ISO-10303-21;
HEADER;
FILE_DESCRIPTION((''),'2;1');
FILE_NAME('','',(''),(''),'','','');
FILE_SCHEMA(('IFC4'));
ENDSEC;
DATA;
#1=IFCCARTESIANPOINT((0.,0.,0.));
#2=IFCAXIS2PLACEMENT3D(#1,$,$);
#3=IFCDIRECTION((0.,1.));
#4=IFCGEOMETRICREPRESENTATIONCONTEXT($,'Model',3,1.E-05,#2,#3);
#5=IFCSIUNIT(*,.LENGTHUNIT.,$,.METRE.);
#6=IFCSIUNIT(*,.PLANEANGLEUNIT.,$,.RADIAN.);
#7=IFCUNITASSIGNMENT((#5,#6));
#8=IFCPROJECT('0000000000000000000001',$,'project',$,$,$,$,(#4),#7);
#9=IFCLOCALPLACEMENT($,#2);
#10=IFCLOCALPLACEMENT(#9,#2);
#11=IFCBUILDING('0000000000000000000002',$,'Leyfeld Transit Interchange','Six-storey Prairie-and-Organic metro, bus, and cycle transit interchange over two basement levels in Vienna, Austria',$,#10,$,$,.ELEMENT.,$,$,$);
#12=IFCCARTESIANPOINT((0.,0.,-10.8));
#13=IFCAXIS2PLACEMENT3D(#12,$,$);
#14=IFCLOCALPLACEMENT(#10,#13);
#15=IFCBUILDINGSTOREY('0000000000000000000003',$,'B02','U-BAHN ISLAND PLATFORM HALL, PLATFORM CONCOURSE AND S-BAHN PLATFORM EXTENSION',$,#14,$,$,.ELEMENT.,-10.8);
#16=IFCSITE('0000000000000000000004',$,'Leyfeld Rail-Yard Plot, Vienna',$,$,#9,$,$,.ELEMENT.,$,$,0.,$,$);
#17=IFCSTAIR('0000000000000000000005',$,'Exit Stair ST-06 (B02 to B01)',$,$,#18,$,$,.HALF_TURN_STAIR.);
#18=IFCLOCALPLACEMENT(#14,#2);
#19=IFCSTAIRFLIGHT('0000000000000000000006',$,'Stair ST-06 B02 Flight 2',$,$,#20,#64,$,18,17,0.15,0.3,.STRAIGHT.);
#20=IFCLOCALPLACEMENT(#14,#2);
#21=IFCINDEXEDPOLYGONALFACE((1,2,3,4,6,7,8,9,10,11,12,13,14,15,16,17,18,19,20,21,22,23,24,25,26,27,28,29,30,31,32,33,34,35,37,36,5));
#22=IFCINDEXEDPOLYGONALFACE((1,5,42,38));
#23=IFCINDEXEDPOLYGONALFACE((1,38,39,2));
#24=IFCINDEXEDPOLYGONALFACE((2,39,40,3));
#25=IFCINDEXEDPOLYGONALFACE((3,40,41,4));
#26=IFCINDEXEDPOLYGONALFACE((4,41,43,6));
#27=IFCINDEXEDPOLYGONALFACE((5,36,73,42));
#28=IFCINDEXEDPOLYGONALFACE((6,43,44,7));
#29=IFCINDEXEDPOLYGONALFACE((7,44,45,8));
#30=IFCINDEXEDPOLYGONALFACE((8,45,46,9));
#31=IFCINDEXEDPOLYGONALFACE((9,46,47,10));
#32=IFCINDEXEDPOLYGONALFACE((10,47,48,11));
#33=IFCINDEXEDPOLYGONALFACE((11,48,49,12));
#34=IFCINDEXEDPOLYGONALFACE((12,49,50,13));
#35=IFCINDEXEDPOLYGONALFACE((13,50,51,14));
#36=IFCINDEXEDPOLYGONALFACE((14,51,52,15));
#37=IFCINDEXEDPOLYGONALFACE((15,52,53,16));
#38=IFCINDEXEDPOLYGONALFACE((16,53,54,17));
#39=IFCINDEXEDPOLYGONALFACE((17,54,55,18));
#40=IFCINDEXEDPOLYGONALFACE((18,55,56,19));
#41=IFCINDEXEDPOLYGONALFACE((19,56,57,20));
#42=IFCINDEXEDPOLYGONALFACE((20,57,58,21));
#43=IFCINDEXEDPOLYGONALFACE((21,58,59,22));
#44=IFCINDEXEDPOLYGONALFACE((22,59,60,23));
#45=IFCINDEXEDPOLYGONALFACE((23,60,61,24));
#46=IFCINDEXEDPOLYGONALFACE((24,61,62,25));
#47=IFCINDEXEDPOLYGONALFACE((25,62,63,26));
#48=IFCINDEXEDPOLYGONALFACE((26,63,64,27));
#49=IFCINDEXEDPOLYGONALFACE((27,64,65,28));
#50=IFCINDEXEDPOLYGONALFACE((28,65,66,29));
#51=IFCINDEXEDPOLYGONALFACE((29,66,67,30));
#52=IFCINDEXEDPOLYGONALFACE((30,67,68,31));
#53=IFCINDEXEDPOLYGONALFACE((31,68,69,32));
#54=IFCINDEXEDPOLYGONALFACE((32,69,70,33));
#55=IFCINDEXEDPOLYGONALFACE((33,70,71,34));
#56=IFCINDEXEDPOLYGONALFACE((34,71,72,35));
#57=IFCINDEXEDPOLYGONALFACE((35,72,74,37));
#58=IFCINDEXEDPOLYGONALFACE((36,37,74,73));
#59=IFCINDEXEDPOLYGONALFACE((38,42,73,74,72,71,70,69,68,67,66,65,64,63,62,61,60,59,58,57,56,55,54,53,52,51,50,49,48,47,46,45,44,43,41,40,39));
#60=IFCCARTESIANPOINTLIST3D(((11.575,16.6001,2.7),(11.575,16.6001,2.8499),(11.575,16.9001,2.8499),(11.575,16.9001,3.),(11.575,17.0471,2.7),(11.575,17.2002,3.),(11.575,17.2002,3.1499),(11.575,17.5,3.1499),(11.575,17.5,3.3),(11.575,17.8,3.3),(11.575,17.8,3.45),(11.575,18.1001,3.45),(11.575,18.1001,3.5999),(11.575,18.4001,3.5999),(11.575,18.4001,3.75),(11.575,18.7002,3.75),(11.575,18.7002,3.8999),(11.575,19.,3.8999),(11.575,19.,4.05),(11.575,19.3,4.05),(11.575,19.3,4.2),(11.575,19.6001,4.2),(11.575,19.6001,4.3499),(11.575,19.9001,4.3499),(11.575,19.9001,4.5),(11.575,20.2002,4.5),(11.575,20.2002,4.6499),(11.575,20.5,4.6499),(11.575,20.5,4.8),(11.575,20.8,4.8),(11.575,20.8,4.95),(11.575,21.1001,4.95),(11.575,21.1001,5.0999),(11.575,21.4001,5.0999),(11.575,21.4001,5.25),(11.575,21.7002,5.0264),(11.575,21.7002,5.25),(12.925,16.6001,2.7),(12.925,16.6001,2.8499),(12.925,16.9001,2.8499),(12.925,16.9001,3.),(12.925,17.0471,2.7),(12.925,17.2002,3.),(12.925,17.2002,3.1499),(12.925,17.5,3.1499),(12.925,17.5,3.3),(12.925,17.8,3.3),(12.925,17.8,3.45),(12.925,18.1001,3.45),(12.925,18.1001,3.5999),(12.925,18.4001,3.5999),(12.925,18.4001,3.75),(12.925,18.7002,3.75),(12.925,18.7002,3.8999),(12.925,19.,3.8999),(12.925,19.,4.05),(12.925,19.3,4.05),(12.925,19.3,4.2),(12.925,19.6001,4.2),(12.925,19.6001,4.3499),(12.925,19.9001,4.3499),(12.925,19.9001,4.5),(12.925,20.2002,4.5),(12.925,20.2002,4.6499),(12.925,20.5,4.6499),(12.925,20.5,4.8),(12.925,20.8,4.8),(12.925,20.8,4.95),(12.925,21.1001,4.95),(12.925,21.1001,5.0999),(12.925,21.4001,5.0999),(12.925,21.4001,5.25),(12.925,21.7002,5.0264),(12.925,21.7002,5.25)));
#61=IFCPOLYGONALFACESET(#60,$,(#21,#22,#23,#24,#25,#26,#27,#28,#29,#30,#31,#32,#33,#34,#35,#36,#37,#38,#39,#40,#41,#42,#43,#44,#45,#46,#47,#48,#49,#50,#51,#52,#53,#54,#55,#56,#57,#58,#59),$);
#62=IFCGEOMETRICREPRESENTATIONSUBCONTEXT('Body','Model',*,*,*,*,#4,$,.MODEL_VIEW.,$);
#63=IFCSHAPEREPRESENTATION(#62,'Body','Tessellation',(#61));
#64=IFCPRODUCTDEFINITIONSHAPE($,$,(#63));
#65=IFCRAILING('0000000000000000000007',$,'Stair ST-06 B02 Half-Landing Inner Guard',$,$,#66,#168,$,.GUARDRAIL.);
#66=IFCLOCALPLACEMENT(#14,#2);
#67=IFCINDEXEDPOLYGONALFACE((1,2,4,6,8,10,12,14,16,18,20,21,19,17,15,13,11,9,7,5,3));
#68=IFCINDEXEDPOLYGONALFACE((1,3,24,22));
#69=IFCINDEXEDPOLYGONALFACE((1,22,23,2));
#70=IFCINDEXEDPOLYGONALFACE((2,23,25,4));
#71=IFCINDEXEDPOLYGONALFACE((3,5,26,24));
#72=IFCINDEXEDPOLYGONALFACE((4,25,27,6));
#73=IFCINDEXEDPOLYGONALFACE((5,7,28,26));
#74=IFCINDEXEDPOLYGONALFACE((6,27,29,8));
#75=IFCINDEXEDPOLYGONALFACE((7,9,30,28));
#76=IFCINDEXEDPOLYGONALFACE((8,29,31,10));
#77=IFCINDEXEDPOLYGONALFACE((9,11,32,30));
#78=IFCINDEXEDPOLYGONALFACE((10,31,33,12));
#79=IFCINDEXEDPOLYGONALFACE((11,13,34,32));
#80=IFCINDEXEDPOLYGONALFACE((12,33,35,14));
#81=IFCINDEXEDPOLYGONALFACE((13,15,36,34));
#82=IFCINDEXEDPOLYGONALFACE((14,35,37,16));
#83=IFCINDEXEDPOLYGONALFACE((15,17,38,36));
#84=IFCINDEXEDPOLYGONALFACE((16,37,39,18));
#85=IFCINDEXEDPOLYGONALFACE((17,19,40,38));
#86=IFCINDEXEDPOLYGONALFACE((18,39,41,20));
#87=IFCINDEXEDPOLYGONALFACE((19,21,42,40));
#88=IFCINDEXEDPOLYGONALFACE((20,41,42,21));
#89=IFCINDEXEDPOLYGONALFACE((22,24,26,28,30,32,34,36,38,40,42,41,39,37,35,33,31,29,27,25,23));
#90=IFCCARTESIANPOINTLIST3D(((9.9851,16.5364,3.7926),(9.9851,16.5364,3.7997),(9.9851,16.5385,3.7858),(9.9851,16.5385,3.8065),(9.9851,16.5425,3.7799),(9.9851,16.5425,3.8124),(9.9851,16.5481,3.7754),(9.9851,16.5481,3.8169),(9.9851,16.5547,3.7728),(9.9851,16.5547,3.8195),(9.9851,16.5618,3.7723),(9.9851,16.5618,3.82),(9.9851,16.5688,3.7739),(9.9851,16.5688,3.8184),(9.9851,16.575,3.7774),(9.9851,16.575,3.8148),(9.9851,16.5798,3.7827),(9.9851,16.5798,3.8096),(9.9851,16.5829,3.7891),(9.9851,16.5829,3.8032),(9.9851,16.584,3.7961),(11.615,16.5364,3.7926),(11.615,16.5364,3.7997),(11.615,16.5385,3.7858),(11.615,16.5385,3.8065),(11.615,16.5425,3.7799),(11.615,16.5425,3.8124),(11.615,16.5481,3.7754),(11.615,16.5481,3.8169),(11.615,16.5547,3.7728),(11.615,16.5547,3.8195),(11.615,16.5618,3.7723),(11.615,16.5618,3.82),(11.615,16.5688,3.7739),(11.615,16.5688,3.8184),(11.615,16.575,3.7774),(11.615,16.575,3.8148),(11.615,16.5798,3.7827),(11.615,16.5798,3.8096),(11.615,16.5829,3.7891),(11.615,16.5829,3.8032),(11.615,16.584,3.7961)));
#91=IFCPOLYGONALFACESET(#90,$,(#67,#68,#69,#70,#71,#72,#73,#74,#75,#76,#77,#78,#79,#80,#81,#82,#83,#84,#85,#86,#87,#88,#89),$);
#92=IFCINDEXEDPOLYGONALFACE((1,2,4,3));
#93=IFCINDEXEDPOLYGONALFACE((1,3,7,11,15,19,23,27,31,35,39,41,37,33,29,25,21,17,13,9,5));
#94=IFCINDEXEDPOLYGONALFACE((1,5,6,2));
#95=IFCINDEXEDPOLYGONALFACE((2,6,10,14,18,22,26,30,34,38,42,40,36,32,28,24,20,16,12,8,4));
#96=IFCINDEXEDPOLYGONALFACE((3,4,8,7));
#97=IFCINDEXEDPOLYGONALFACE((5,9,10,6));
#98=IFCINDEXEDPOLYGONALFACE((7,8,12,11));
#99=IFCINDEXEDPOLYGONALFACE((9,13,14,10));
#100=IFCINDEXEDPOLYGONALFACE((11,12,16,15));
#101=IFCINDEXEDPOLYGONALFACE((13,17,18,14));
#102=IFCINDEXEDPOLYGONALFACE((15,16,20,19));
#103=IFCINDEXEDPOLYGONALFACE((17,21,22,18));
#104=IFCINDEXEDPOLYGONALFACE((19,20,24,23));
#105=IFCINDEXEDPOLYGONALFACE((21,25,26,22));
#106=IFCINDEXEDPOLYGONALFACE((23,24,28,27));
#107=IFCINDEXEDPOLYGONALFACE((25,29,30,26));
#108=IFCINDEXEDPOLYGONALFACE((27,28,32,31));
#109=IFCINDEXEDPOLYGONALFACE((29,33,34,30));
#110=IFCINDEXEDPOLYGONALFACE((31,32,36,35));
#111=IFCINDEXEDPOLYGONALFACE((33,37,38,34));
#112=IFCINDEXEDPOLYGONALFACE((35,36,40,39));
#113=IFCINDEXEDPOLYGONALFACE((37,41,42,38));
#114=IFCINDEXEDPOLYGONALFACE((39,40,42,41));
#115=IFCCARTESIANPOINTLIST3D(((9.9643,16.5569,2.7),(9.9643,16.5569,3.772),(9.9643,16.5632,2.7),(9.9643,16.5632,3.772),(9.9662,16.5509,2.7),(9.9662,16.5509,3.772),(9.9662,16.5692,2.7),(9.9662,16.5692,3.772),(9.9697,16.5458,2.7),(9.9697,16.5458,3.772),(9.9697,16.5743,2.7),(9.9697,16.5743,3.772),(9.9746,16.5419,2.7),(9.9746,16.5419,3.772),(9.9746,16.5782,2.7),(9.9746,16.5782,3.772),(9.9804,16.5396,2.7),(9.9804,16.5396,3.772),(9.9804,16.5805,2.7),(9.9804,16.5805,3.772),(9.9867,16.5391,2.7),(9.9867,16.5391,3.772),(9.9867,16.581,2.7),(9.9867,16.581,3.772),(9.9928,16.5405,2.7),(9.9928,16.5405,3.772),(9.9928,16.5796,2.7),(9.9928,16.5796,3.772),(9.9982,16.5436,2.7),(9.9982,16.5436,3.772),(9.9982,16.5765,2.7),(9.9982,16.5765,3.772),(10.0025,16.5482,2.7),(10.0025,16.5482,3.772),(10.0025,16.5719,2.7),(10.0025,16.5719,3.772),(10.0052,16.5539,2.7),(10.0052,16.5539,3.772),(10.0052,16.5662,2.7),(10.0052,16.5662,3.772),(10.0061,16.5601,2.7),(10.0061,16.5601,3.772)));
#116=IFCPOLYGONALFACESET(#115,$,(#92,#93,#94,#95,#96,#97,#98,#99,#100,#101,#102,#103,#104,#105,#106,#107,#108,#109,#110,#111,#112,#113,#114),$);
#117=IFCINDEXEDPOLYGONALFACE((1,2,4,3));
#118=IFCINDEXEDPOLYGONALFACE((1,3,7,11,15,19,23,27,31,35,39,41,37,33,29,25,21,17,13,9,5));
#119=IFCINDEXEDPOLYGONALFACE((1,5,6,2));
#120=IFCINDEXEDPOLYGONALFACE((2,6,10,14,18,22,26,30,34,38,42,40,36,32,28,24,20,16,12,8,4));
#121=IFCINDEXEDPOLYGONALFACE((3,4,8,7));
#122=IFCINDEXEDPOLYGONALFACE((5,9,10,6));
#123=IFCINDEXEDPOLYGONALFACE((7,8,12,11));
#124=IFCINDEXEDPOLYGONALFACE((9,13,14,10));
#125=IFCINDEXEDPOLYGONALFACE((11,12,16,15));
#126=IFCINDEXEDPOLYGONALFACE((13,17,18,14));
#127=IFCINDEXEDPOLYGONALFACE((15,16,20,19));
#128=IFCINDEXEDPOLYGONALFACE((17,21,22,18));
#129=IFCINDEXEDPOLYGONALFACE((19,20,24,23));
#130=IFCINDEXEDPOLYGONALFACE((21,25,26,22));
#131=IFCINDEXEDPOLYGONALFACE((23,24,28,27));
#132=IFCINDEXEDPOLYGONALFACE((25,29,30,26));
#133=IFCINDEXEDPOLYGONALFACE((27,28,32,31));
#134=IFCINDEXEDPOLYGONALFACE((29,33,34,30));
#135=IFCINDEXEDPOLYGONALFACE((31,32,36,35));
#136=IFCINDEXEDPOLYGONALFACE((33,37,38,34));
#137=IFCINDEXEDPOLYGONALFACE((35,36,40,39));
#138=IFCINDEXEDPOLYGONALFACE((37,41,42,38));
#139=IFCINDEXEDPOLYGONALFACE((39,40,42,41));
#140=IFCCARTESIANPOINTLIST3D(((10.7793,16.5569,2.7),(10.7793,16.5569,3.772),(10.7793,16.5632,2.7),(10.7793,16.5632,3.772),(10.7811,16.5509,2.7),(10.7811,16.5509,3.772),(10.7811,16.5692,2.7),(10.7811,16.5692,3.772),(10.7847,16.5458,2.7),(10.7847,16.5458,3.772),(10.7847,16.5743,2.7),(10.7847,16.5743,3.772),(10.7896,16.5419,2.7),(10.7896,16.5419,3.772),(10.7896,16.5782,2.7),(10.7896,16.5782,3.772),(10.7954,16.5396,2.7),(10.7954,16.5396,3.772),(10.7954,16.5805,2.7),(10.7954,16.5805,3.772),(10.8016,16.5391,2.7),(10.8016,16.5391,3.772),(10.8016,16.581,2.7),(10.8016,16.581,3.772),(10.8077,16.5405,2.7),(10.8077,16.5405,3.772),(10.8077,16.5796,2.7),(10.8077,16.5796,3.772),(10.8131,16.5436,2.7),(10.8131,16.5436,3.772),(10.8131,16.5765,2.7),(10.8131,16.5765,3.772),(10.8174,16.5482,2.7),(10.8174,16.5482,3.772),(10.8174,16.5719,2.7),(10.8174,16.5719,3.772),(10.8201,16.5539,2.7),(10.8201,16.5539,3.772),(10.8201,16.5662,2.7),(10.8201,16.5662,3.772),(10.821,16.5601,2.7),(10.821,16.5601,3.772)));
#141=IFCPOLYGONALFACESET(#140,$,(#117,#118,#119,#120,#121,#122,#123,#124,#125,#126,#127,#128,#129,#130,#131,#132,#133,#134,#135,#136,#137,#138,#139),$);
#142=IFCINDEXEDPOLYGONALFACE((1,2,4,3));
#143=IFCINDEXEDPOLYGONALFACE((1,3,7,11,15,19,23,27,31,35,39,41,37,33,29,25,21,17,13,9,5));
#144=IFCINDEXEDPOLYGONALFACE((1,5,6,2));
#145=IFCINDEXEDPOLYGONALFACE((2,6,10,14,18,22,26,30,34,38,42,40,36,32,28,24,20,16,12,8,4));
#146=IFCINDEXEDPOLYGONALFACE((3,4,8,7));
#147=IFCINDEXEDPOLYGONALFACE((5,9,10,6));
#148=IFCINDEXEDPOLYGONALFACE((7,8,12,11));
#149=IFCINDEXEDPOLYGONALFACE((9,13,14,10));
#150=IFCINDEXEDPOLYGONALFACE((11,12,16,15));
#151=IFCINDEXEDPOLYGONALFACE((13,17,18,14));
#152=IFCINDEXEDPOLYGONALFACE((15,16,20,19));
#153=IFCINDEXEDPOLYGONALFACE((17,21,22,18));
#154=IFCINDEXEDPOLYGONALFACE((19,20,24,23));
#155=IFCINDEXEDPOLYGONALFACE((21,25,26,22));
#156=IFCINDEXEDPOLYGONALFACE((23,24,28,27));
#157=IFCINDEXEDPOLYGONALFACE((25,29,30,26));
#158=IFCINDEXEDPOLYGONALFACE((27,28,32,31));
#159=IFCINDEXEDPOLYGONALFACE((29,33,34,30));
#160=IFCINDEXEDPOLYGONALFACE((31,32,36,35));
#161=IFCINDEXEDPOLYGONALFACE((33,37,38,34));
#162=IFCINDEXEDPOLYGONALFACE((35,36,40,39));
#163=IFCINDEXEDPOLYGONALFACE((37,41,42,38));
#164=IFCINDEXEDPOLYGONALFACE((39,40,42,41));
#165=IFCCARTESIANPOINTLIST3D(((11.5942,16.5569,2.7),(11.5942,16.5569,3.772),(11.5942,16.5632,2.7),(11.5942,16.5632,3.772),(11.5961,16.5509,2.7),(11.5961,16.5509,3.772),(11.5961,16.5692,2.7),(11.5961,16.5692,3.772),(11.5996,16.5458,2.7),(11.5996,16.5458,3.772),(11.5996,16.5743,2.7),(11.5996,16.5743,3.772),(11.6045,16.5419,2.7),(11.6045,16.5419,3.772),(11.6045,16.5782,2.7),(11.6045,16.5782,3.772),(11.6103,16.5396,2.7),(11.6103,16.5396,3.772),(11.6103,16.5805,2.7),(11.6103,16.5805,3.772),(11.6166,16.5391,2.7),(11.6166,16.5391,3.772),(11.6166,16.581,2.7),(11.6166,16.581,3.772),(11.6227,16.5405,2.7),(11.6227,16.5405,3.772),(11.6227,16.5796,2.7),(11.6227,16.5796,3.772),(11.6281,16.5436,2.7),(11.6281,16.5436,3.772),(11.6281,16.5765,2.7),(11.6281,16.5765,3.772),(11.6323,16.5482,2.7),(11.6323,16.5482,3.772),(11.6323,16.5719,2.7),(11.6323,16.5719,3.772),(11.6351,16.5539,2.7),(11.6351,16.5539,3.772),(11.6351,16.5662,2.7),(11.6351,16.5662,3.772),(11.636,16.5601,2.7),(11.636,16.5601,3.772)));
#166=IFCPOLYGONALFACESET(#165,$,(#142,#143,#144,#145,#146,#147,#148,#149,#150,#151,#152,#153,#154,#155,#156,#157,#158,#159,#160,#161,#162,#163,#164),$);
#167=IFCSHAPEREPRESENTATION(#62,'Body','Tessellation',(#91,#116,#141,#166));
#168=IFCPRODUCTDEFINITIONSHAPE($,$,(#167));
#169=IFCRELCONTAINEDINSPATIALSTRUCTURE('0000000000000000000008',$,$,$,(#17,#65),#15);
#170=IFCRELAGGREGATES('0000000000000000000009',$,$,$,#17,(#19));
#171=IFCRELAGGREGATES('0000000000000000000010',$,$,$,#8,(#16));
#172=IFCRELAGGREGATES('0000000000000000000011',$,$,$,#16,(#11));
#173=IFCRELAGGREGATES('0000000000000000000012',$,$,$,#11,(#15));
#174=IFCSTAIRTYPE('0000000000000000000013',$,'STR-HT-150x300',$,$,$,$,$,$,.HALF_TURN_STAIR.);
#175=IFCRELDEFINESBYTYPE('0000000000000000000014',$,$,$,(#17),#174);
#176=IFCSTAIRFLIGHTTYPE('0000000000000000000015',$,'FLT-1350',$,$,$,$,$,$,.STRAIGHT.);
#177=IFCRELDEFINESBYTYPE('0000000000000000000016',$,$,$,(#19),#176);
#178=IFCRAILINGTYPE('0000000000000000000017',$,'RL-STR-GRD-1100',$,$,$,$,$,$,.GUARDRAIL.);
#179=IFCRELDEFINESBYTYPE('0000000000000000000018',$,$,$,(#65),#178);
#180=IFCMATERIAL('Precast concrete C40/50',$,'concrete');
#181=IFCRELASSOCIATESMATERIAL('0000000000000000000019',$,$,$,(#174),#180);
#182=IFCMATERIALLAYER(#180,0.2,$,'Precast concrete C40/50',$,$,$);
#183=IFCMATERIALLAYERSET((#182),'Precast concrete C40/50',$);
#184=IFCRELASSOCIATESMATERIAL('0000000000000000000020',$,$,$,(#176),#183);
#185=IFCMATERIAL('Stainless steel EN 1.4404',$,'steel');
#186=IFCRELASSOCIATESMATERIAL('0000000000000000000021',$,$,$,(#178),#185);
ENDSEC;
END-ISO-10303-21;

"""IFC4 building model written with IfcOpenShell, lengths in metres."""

from ifc_helpers import new_model, si_unit, direction, frame, origin, origin_2d, place, context, subcontext, project, spatial, polyline, circle, outline, extrude, material, layer, layer_set, type_object, element, aggregate, save


model = new_model("IFC4")

# Units and contexts
model_context = context("Model", 3, precision=1e-05, world=origin(), true_north=direction((0.0, 1.0)))
body_context = subcontext(model_context, "Body", "Model", "MODEL_VIEW")
ifc_project = project(units=[si_unit("LENGTHUNIT", "METRE"), si_unit("PLANEANGLEUNIT", "RADIAN")], contexts=[model_context])

# Site, building, storey
site_placement = place(None, origin())
site = spatial("IfcSite", under=ifc_project, at=site_placement, Name="Leyfeld Rail-Yard Plot, Vienna", CompositionType="ELEMENT", RefElevation=0.0)
building_placement = place(site_placement, origin())
building = spatial("IfcBuilding", under=site, at=building_placement, Name="Leyfeld Transit Interchange", Description="Six-storey Prairie-and-Organic metro, bus, and cycle transit interchange over two basement levels in Vienna, Austria", CompositionType="ELEMENT")
storey_placement = place(building_placement, frame((0.0, 0.0, -10.8)))
storey = spatial("IfcBuildingStorey", under=building, at=storey_placement, Name="B02", Description="U-BAHN ISLAND PLATFORM HALL, PLATFORM CONCOURSE AND S-BAHN PLATFORM EXTENSION", CompositionType="ELEMENT", Elevation=-10.8)

# Stair, stair flight
ifc_material_1 = material(Name="Precast concrete C40/50", Category="concrete")
stair_type = type_object("IfcStairType", Name="STR-HT-150x300", PredefinedType="HALF_TURN_STAIR", material=ifc_material_1)
stair_placement = place(storey_placement, origin())
stair = element("IfcStair", 1, at=stair_placement, inside=storey, type_object=stair_type, Name="Exit Stair ST-06 (B02 to B01)", PredefinedType="HALF_TURN_STAIR")
ifc_layer_1 = layer(ifc_material_1, 0.2, Name="Precast concrete C40/50")
ifc_layer_set_1 = layer_set([ifc_layer_1], Name="Precast concrete C40/50")
stair_flight_type = type_object("IfcStairFlightType", Name="FLT-1350", PredefinedType="STRAIGHT", material=ifc_layer_set_1)
stair_flight_1_placement = place(storey_placement, frame((12.25, 16.6001, 2.7), z_axis=(0.0, 0.0, 1.0), x_axis=(0.0, 1.0, 0.0)))
stair_flight_1 = element("IfcStairFlight", 2, at=stair_flight_1_placement, type_object=stair_flight_type, Name="Stair ST-06 B02 Flight 2", NumberOfRisers=18, NumberOfTreads=17, PredefinedType="STRAIGHT", RiserHeight=0.15, TreadLength=0.3, context=body_context, shape_type="SweptSolid", body=[
    extrude(outline(polyline([(0.0, 0.0), (0.0, 0.1499), (0.3, 0.1499), (0.3, 0.3), (0.6001, 0.3), (0.6001, 0.45), (0.8999, 0.45), (0.8999, 0.6001), (1.2, 0.6001), (1.2, 0.75), (1.5, 0.75), (1.5, 0.8999), (1.8, 0.8999), (1.8, 1.05), (2.1001, 1.05), (2.1001, 1.2), (2.3999, 1.2), (2.3999, 1.3501), (2.7, 1.3501), (2.7, 1.5), (3.0, 1.5), (3.0, 1.6499), (3.3, 1.6499), (3.3, 1.8), (3.6001, 1.8), (3.6001, 1.95), (3.8999, 1.95), (3.8999, 2.1001), (4.2, 2.1001), (4.2, 2.25), (4.5, 2.25), (4.5, 2.3999), (4.8, 2.3999), (4.8, 2.55), (5.1001, 2.55), (5.1001, 2.7), (5.1001, 2.3264), (0.447, 0.0), (0.0, 0.0)])), frame((0.0, 0.675, 0.0), z_axis=(0.0, -1.0, 0.0), x_axis=(1.0, 0.0, 0.0)), (0.0, 0.0, 1.0), 1.3501),
])
aggregate(stair, [stair_flight_1])

# Railing
ifc_material_2 = material(Name="Stainless steel EN 1.4404", Category="steel")
railing_type_1 = type_object("IfcRailingType", Name="RL-STR-GRD-1100", PredefinedType="GUARDRAIL", material=ifc_material_2)
railing_1_placement = place(storey_placement, frame((9.9851, 16.5601, 2.7)))
element("IfcRailing", 3, at=railing_1_placement, inside=storey, type_object=railing_type_1, Name="Stair ST-06 B02 Half-Landing Inner Guard", PredefinedType="GUARDRAIL", context=body_context, shape_type="SweptSolid", body=[
    extrude(circle(Radius=0.0239, at=origin_2d()), frame((0.0, 0.0, 1.0962), z_axis=(1.0, 0.0, 0.0), x_axis=(0.0, 1.0, 0.0)), (0.0, 0.0, 1.0), 1.6299),
    extrude(circle(Radius=0.021, at=origin_2d()), origin(), (0.0, 0.0, 1.0), 1.072),
    extrude(circle(Radius=0.021, at=origin_2d()), frame((0.8149, 0.0, 0.0)), (0.0, 0.0, 1.0), 1.072),
    extrude(circle(Radius=0.021, at=origin_2d()), frame((1.6299, 0.0, 0.0)), (0.0, 0.0, 1.0), 1.072),
])

save(model, "model.ifc")
